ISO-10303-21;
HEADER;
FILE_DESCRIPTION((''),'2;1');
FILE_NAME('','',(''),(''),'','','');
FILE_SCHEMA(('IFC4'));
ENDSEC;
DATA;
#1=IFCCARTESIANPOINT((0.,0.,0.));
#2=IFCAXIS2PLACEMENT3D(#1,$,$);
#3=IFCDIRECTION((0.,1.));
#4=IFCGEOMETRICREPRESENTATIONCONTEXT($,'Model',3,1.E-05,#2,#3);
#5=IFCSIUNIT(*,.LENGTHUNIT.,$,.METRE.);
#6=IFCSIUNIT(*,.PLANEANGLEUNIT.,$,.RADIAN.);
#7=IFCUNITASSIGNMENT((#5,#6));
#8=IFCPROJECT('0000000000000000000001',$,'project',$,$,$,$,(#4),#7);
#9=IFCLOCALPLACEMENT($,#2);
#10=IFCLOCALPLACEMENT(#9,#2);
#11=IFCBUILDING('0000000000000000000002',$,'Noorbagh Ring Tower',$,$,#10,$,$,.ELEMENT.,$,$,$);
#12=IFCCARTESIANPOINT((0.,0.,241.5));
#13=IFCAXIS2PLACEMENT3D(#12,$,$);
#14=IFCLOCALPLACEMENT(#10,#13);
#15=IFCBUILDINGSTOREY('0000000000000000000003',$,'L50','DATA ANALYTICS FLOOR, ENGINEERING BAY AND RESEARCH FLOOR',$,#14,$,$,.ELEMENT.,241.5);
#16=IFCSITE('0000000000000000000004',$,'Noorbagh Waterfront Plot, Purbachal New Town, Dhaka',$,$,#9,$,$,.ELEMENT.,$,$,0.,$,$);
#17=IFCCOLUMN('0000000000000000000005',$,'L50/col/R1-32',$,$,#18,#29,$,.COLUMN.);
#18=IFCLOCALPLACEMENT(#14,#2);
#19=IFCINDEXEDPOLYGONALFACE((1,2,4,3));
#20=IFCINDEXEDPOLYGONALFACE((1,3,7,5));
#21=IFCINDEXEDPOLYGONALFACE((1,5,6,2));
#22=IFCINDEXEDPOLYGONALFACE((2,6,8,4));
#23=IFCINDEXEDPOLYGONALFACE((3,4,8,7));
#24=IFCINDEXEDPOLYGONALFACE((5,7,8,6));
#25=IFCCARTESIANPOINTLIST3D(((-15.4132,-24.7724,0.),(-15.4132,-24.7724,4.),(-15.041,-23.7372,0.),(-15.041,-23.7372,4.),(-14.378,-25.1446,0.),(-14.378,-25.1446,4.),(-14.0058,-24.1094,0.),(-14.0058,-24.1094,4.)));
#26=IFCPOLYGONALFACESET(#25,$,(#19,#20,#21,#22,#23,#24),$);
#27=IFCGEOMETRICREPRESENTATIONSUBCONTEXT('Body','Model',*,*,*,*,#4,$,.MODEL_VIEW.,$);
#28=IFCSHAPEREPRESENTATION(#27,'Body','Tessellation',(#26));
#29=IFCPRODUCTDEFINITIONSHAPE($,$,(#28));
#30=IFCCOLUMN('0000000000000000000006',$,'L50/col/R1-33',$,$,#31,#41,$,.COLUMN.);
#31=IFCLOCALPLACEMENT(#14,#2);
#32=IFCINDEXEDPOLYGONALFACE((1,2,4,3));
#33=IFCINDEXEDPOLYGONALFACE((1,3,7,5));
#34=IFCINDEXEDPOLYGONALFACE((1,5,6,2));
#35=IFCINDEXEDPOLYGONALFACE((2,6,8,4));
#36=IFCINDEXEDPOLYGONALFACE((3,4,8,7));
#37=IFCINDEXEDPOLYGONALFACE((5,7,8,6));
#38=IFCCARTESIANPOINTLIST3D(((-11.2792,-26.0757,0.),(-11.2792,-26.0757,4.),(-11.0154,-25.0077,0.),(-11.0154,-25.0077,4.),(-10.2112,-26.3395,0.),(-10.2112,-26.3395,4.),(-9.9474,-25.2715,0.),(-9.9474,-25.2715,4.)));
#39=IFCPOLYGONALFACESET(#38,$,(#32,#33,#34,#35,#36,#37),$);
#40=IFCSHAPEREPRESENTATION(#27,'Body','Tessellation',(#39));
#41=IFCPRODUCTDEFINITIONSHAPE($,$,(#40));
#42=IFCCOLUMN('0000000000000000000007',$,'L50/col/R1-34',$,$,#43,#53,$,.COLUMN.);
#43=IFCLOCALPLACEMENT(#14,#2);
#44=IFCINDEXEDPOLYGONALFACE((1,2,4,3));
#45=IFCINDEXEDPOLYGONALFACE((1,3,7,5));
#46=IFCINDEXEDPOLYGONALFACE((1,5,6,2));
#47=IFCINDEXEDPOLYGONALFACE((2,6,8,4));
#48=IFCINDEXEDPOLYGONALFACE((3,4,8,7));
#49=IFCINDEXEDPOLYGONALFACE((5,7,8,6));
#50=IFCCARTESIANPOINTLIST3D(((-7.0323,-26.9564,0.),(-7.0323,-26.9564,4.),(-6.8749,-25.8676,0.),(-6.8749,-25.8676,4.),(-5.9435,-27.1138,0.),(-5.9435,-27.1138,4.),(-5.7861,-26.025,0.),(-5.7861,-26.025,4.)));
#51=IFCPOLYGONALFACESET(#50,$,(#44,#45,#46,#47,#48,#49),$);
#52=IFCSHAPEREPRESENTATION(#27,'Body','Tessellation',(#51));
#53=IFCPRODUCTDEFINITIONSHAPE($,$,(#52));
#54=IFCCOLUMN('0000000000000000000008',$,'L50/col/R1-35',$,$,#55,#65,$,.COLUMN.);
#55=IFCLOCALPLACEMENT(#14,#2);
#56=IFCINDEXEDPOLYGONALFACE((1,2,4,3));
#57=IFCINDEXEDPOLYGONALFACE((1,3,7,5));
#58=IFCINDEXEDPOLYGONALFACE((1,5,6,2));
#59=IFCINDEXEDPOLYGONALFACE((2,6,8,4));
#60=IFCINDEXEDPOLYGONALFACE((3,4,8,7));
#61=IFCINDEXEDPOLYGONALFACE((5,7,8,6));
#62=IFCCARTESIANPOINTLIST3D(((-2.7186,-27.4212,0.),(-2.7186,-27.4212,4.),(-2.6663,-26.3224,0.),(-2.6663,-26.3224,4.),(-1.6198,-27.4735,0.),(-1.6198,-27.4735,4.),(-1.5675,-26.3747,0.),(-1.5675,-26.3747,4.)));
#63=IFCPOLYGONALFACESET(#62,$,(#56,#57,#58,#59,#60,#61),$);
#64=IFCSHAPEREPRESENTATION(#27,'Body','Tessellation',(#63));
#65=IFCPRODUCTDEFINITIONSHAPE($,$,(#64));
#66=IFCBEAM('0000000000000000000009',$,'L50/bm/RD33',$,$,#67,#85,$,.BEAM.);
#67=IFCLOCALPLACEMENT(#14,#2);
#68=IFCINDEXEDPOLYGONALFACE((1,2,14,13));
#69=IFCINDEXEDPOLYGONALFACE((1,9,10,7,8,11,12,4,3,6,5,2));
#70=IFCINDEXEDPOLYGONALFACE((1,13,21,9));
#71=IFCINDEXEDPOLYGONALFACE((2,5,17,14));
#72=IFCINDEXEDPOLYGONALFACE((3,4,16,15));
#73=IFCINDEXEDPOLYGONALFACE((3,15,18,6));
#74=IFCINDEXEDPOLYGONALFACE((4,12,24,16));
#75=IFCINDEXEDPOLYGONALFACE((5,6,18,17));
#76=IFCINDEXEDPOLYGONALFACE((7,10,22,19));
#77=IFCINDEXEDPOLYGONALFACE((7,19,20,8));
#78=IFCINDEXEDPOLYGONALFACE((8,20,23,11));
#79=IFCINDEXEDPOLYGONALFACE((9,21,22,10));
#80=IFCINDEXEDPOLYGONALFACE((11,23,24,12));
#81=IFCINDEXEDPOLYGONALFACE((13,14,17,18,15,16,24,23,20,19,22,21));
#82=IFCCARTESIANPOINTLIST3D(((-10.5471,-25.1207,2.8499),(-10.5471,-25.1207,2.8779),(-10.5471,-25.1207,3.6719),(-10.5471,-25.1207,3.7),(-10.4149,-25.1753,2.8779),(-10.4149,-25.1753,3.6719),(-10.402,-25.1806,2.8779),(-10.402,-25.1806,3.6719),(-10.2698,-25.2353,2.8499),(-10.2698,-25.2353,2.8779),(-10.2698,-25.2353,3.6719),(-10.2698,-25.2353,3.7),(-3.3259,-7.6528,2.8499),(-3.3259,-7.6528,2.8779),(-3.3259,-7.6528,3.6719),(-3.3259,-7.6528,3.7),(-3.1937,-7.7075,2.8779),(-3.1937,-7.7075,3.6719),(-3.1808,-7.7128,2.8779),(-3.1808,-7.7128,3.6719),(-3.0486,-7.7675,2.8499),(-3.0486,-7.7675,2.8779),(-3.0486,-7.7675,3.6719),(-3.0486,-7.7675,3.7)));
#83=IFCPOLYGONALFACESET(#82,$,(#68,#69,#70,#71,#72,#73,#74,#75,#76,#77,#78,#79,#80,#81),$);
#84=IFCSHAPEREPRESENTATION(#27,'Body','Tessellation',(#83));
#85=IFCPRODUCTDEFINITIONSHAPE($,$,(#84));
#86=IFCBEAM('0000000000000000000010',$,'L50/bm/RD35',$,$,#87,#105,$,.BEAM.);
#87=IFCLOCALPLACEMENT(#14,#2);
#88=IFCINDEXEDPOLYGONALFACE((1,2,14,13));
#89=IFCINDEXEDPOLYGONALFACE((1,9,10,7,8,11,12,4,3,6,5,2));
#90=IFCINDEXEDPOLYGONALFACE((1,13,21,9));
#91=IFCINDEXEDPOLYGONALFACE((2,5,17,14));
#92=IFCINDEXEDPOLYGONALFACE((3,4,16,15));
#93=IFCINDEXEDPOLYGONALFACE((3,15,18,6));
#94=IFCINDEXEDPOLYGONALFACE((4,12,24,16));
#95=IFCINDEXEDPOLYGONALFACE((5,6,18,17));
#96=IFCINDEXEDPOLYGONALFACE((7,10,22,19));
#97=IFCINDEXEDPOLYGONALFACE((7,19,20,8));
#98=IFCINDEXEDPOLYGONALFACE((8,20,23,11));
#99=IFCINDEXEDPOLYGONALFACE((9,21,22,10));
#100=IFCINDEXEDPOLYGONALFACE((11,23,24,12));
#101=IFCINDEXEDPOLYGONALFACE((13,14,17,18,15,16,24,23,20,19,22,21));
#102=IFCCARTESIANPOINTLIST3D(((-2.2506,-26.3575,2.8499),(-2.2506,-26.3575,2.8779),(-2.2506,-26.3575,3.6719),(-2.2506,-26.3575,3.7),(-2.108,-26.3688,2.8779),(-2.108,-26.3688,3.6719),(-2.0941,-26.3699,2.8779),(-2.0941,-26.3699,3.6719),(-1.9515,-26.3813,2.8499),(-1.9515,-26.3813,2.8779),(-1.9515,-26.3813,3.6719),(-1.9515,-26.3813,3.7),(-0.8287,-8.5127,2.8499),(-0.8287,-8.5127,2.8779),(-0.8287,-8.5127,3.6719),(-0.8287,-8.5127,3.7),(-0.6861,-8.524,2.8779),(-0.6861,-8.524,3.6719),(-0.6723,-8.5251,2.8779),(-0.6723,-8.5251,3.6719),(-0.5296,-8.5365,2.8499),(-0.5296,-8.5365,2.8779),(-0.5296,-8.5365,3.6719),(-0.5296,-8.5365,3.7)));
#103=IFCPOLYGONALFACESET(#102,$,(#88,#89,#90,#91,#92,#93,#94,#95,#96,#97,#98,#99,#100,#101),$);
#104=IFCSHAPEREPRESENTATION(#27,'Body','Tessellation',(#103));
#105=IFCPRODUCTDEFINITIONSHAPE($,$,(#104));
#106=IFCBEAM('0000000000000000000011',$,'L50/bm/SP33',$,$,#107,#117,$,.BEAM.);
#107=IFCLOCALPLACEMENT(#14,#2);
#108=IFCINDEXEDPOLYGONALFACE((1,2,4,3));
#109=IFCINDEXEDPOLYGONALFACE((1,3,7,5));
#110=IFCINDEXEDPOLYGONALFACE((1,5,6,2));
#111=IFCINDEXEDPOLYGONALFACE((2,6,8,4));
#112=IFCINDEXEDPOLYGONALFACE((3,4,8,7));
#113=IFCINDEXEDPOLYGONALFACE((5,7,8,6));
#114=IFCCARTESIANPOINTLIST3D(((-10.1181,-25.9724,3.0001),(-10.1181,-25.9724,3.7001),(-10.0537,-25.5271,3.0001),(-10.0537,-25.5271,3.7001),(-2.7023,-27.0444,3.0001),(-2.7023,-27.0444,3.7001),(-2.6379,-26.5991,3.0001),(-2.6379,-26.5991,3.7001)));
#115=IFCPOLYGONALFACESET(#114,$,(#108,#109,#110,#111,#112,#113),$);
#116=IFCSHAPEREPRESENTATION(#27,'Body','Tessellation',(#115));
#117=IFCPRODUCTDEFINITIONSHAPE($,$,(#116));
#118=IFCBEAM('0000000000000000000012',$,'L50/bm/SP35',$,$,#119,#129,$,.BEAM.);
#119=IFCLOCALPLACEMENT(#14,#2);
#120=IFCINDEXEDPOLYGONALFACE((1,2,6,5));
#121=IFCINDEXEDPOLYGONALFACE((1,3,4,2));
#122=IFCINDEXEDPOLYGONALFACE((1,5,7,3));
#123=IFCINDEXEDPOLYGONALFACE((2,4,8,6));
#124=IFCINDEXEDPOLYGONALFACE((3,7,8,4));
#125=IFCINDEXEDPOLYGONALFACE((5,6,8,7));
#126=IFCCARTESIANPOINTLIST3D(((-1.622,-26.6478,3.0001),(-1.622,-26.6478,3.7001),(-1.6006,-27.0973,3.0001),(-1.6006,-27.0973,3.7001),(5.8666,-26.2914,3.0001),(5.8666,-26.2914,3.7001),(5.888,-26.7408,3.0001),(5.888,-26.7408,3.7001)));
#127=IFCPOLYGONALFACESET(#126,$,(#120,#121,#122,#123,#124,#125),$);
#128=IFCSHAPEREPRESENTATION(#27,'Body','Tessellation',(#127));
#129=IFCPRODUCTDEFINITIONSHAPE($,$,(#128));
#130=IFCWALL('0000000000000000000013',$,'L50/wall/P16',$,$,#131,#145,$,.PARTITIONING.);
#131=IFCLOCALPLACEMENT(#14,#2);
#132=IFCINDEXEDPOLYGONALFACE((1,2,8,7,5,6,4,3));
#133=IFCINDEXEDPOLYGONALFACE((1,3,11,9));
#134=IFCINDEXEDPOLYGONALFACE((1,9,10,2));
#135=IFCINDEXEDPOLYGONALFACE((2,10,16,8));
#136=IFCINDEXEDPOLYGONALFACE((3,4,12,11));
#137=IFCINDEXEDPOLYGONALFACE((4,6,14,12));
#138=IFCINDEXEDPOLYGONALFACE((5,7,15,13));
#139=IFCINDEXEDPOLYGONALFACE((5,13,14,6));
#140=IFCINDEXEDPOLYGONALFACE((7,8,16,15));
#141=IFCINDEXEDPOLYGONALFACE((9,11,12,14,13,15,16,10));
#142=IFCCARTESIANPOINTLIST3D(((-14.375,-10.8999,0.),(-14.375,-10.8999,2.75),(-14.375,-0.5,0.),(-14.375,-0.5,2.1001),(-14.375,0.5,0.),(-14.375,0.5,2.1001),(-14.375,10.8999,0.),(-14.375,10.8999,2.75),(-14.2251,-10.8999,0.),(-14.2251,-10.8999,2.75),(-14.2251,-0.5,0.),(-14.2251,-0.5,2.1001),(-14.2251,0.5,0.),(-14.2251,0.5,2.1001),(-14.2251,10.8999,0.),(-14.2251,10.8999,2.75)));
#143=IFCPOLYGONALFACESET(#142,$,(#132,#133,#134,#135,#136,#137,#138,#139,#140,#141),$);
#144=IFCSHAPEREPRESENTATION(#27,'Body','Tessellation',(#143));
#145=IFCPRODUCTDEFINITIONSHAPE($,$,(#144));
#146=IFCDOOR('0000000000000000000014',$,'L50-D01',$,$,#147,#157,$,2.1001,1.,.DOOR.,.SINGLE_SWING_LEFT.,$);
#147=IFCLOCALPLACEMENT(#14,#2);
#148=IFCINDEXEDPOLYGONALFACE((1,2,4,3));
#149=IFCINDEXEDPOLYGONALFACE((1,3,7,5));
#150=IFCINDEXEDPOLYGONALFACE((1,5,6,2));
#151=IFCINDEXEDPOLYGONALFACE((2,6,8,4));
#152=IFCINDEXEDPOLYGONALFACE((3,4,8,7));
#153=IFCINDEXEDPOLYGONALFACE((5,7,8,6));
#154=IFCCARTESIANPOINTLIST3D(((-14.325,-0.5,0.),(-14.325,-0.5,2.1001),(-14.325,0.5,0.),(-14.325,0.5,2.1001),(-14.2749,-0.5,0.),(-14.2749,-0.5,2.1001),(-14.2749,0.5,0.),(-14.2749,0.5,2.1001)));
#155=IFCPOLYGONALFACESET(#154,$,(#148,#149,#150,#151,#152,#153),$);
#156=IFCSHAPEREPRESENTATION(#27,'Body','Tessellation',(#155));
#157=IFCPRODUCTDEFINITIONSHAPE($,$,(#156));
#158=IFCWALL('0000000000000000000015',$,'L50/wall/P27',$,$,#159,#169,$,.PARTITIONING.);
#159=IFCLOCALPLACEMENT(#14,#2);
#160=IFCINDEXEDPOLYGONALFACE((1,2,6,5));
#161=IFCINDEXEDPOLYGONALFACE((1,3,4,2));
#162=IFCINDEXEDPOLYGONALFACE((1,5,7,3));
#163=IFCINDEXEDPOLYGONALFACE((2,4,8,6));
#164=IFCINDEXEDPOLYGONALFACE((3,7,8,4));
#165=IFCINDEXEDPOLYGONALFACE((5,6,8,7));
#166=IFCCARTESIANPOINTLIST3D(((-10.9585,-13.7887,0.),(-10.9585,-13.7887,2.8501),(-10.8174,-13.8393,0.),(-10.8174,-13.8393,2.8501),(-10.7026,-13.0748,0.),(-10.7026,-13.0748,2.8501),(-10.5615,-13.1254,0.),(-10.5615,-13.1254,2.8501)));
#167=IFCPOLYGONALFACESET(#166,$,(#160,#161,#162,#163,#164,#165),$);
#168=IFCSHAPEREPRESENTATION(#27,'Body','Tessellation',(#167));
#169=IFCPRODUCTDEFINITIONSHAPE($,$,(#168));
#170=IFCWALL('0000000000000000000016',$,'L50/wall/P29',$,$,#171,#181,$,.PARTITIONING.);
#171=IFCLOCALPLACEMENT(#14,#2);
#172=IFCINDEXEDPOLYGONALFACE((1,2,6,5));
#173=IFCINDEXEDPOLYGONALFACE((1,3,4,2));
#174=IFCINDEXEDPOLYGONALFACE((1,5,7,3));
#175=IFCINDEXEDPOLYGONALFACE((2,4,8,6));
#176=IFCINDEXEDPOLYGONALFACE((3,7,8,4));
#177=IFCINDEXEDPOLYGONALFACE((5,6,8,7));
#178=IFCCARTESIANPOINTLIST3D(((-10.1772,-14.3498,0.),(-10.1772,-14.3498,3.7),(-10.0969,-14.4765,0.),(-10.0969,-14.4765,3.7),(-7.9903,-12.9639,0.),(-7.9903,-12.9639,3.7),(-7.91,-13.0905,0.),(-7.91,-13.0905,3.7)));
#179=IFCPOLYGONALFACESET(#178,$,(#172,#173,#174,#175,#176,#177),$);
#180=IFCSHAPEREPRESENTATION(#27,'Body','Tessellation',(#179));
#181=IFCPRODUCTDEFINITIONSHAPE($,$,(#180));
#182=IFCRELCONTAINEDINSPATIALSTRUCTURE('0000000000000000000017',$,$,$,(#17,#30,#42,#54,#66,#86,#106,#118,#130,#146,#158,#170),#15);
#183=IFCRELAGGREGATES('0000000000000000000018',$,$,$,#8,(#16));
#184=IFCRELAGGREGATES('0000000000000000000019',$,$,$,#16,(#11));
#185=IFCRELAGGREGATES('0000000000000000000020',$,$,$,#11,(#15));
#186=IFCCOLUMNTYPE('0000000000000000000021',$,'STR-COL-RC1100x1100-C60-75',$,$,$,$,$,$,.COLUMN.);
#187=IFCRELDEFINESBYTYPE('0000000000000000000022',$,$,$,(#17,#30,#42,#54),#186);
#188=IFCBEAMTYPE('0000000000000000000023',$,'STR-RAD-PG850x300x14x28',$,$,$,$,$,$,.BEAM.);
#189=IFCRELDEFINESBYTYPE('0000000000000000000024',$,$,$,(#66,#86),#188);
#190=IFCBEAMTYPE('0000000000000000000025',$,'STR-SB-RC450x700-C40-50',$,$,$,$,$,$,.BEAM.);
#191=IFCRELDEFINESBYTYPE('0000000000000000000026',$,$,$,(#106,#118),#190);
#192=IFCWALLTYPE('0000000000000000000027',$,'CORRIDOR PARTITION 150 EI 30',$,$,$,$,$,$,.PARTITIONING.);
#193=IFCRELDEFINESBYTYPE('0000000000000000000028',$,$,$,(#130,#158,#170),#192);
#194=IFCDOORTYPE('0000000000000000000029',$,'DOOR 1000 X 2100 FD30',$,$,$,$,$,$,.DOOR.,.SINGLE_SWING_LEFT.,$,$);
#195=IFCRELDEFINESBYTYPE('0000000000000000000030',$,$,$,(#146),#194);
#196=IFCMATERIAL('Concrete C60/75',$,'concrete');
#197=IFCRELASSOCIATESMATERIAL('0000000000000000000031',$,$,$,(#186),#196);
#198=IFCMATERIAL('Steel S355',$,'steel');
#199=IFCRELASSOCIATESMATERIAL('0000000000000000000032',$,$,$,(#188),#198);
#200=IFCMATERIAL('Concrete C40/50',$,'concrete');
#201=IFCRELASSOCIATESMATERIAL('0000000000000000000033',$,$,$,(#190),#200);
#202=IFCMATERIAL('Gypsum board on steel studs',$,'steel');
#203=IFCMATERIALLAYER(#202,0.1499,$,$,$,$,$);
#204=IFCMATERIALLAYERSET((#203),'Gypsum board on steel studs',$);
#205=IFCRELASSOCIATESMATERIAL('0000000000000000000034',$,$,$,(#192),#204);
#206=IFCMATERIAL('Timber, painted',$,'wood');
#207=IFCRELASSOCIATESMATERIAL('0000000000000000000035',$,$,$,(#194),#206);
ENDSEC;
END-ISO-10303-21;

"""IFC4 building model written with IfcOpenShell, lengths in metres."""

from ifc_helpers import new_model, si_unit, direction, frame, frame_2d, origin, origin_2d, place, context, subcontext, project, spatial, rectangle, i_section, extrude, material, layer, layer_set, material_profile, profile_set, type_object, element, fill, save


model = new_model("IFC4")

# Units and contexts
model_context = context("Model", 3, precision=1e-05, world=origin(), true_north=direction((0.0, 1.0)))
body_context = subcontext(model_context, "Body", "Model", "MODEL_VIEW")
ifc_project = project(units=[si_unit("LENGTHUNIT", "METRE"), si_unit("PLANEANGLEUNIT", "RADIAN")], contexts=[model_context])

# Site, building, storey
site_placement = place(None, origin())
site = spatial("IfcSite", under=ifc_project, at=site_placement, Name="Noorbagh Waterfront Plot, Purbachal New Town, Dhaka", CompositionType="ELEMENT", RefElevation=0.0)
building_placement = place(site_placement, origin())
building = spatial("IfcBuilding", under=site, at=building_placement, Name="Noorbagh Ring Tower", CompositionType="ELEMENT")
storey_placement = place(building_placement, frame((0.0, 0.0, 241.5)))
storey = spatial("IfcBuildingStorey", under=building, at=storey_placement, Name="L50", Description="DATA ANALYTICS FLOOR, ENGINEERING BAY AND RESEARCH FLOOR", CompositionType="ELEMENT", Elevation=241.5)

# Columns
ifc_material_1 = material(Name="Concrete C60/75", Category="concrete")
ifc_material_profile_1 = material_profile(ifc_material_1, rectangle(XDim=1.1001, YDim=1.1001, at=origin_2d()), Name="RC1100x1100")
ifc_profile_set_1 = profile_set([ifc_material_profile_1], Name="Concrete C60/75")
column_type = type_object("IfcColumnType", Name="STR-COL-RC1100x1100-C60-75", PredefinedType="COLUMN", material=ifc_profile_set_1)
for number, where, z_axis, x_axis, name in (
    (1, (-14.7095, -24.4409, 0.0), (0.0, 0.0, 1.0), (0.941025, -0.338338, 0.0), "L50/col/R1-32"),
    (2, (-10.6133, -25.6736, 0.0), (0.0, 0.0, 1.0), (0.970829, -0.239771, 0.0), "L50/col/R1-33"),
    (3, (-6.4092, -26.4907, 0.0), (0.0, 0.0, 1.0), (0.989713, -0.143066, 0.0), "L50/col/R1-34"),
    (4, (-2.1431, -26.8979, 0.0), (0.0, 0.0, 1.0), (0.998869, -0.047553, 0.0), "L50/col/R1-35"),
):
    element("IfcColumn", number, at=place(storey_placement, frame(where, z_axis=z_axis, x_axis=x_axis)), inside=storey, type_object=column_type, Name=name, PredefinedType="COLUMN", context=body_context, shape_type="SweptSolid", body=[
        extrude(rectangle(XDim=1.1001, YDim=1.1001, at=origin_2d()), origin(), (0.0, 0.0, 1.0), 4.0),
    ])

# Beams
ifc_material_2 = material(Name="Steel S355", Category="steel")
ifc_material_profile_2 = material_profile(ifc_material_2, i_section(OverallWidth=0.3, OverallDepth=0.8501, WebThickness=0.0139, FlangeThickness=0.0281, at=origin_2d()), Name="PG850x300x14x28")
ifc_profile_set_2 = profile_set([ifc_material_profile_2], Name="Steel S355")
beam_type_1 = type_object("IfcBeamType", Name="STR-RAD-PG850x300x14x28", PredefinedType="BEAM", material=ifc_profile_set_2)
beam_1_placement = place(storey_placement, frame((-10.4084, -25.178, 3.2749), z_axis=(0.382042, 0.924145, 0.0), x_axis=(-0.924145, 0.382042, 0.0)))
element("IfcBeam", 5, at=beam_1_placement, inside=storey, type_object=beam_type_1, Name="L50/bm/RD33", PredefinedType="BEAM", context=body_context, shape_type="SweptSolid", body=[
    extrude(i_section(OverallWidth=0.3, OverallDepth=0.8501, WebThickness=0.0139, FlangeThickness=0.0281, at=origin_2d()), origin(), (0.0, 0.0, 1.0), 18.9016),
])
beam_2_placement = place(storey_placement, frame((-2.1011, -26.3694, 3.2749), z_axis=(0.079429, 0.996841, 0.0), x_axis=(-0.996841, 0.079429, 0.0)))
element("IfcBeam", 6, at=beam_2_placement, inside=storey, type_object=beam_type_1, Name="L50/bm/RD35", PredefinedType="BEAM", context=body_context, shape_type="SweptSolid", body=[
    extrude(i_section(OverallWidth=0.3, OverallDepth=0.8501, WebThickness=0.0139, FlangeThickness=0.0281, at=origin_2d()), origin(), (0.0, 0.0, 1.0), 17.9014),
])
ifc_material_3 = material(Name="Concrete C40/50", Category="concrete")
ifc_material_profile_3 = material_profile(ifc_material_3, rectangle(XDim=0.45, YDim=0.7, at=origin_2d()), Name="RC450x700")
ifc_profile_set_3 = profile_set([ifc_material_profile_3], Name="Concrete C40/50")
beam_type_2 = type_object("IfcBeamType", Name="STR-SB-RC450x700-C40-50", PredefinedType="BEAM", material=ifc_profile_set_3)
beam_3_placement = place(storey_placement, frame((-10.0859, -25.7498, 3.3501), z_axis=(0.989712, -0.143072, 0.0), x_axis=(0.143072, 0.989712, 0.0)))
element("IfcBeam", 7, at=beam_3_placement, inside=storey, type_object=beam_type_2, Name="L50/bm/SP33", PredefinedType="BEAM", context=body_context, shape_type="SweptSolid", body=[
    extrude(rectangle(XDim=0.45, YDim=0.7, at=origin_2d()), origin(), (0.0, 0.0, 1.0), 7.4929),
])
beam_4_placement = place(storey_placement, frame((-1.6113, -26.8726, 3.3501), z_axis=(0.998869, 0.047545, 0.0), x_axis=(-0.047545, 0.998869, 0.0)))
element("IfcBeam", 8, at=beam_4_placement, inside=storey, type_object=beam_type_2, Name="L50/bm/SP35", PredefinedType="BEAM", context=body_context, shape_type="SweptSolid", body=[
    extrude(rectangle(XDim=0.45, YDim=0.7, at=origin_2d()), origin(), (0.0, 0.0, 1.0), 7.4971),
])

# Wall, opening, door
ifc_material_4 = material(Name="Gypsum board on steel studs", Category="steel")
ifc_layer_1 = layer(ifc_material_4, 0.1499)
ifc_layer_set_1 = layer_set([ifc_layer_1], Name="Gypsum board on steel studs")
wall_type_1 = type_object("IfcWallType", Name="CORRIDOR PARTITION 150 EI 30", PredefinedType="PARTITIONING", material=ifc_layer_set_1)
wall_1_placement = place(storey_placement, frame((-14.3, -10.8999, 0.0), z_axis=(0.0, 0.0, 1.0), x_axis=(0.0, 1.0, 0.0)))
wall_1 = element("IfcWall", 9, at=wall_1_placement, inside=storey, type_object=wall_type_1, Name="L50/wall/P16", PredefinedType="PARTITIONING", context=body_context, shape_type="SweptSolid", body=[
    extrude(rectangle(XDim=21.7998, YDim=0.1499, at=frame_2d((10.8999, 0.0))), origin(), (0.0, 0.0, 1.0), 2.75),
])
opening_1_placement = place(wall_1_placement, frame((10.3999, 0.0, 0.0)))
opening_1 = element("IfcOpeningElement", 10, at=opening_1_placement, cuts=wall_1, PredefinedType="OPENING", context=body_context, shape_type="SweptSolid", body=[
    extrude(rectangle(XDim=1.0, YDim=2.1001, at=frame_2d((0.5, 1.05))), frame((0.0, 0.085, 0.0), z_axis=(0.0, -1.0, 0.0), x_axis=(1.0, 0.0, 0.0)), (0.0, 0.0, 1.0), 0.1699),
])
ifc_material_5 = material(Name="Timber, painted", Category="wood")
door_type = type_object("IfcDoorType", Name="DOOR 1000 X 2100 FD30", OperationType="SINGLE_SWING_LEFT", PredefinedType="DOOR", material=ifc_material_5)
door_1_placement = place(opening_1_placement, origin())
door_1 = element("IfcDoor", 11, at=door_1_placement, inside=storey, type_object=door_type, Name="L50-D01", OperationType="SINGLE_SWING_LEFT", OverallHeight=2.1001, OverallWidth=1.0, PredefinedType="DOOR", context=body_context, shape_type="SweptSolid", body=[
    extrude(rectangle(XDim=1.0, YDim=2.1001, at=frame_2d((0.5, 1.05))), frame((0.0, 0.0249, 0.0), z_axis=(0.0, -1.0, 0.0), x_axis=(1.0, 0.0, 0.0)), (0.0, 0.0, 1.0), 0.05),
])
fill(opening_1, door_1)

# Walls
wall_2_placement = place(storey_placement, frame((-10.8879, -13.814, 0.0), z_axis=(0.0, 0.0, 1.0), x_axis=(0.337397, 0.941363, 0.0)))
element("IfcWall", 12, at=wall_2_placement, inside=storey, type_object=wall_type_1, Name="L50/wall/P27", PredefinedType="PARTITIONING", context=body_context, shape_type="SweptSolid", body=[
    extrude(rectangle(XDim=0.7583, YDim=0.1499, at=frame_2d((0.3792, 0.0))), origin(), (0.0, 0.0, 1.0), 2.8501),
])
wall_3_placement = place(storey_placement, frame((-10.137, -14.4131, 0.0), z_axis=(0.0, 0.0, 1.0), x_axis=(0.844666, 0.535294, 0.0)))
element("IfcWall", 13, at=wall_3_placement, inside=storey, type_object=wall_type_1, Name="L50/wall/P29", PredefinedType="PARTITIONING", context=body_context, shape_type="SweptSolid", body=[
    extrude(rectangle(XDim=2.5891, YDim=0.1499, at=frame_2d((1.2944, 0.0))), origin(), (0.0, 0.0, 1.0), 3.7),
])

save(model, "model.ifc")
